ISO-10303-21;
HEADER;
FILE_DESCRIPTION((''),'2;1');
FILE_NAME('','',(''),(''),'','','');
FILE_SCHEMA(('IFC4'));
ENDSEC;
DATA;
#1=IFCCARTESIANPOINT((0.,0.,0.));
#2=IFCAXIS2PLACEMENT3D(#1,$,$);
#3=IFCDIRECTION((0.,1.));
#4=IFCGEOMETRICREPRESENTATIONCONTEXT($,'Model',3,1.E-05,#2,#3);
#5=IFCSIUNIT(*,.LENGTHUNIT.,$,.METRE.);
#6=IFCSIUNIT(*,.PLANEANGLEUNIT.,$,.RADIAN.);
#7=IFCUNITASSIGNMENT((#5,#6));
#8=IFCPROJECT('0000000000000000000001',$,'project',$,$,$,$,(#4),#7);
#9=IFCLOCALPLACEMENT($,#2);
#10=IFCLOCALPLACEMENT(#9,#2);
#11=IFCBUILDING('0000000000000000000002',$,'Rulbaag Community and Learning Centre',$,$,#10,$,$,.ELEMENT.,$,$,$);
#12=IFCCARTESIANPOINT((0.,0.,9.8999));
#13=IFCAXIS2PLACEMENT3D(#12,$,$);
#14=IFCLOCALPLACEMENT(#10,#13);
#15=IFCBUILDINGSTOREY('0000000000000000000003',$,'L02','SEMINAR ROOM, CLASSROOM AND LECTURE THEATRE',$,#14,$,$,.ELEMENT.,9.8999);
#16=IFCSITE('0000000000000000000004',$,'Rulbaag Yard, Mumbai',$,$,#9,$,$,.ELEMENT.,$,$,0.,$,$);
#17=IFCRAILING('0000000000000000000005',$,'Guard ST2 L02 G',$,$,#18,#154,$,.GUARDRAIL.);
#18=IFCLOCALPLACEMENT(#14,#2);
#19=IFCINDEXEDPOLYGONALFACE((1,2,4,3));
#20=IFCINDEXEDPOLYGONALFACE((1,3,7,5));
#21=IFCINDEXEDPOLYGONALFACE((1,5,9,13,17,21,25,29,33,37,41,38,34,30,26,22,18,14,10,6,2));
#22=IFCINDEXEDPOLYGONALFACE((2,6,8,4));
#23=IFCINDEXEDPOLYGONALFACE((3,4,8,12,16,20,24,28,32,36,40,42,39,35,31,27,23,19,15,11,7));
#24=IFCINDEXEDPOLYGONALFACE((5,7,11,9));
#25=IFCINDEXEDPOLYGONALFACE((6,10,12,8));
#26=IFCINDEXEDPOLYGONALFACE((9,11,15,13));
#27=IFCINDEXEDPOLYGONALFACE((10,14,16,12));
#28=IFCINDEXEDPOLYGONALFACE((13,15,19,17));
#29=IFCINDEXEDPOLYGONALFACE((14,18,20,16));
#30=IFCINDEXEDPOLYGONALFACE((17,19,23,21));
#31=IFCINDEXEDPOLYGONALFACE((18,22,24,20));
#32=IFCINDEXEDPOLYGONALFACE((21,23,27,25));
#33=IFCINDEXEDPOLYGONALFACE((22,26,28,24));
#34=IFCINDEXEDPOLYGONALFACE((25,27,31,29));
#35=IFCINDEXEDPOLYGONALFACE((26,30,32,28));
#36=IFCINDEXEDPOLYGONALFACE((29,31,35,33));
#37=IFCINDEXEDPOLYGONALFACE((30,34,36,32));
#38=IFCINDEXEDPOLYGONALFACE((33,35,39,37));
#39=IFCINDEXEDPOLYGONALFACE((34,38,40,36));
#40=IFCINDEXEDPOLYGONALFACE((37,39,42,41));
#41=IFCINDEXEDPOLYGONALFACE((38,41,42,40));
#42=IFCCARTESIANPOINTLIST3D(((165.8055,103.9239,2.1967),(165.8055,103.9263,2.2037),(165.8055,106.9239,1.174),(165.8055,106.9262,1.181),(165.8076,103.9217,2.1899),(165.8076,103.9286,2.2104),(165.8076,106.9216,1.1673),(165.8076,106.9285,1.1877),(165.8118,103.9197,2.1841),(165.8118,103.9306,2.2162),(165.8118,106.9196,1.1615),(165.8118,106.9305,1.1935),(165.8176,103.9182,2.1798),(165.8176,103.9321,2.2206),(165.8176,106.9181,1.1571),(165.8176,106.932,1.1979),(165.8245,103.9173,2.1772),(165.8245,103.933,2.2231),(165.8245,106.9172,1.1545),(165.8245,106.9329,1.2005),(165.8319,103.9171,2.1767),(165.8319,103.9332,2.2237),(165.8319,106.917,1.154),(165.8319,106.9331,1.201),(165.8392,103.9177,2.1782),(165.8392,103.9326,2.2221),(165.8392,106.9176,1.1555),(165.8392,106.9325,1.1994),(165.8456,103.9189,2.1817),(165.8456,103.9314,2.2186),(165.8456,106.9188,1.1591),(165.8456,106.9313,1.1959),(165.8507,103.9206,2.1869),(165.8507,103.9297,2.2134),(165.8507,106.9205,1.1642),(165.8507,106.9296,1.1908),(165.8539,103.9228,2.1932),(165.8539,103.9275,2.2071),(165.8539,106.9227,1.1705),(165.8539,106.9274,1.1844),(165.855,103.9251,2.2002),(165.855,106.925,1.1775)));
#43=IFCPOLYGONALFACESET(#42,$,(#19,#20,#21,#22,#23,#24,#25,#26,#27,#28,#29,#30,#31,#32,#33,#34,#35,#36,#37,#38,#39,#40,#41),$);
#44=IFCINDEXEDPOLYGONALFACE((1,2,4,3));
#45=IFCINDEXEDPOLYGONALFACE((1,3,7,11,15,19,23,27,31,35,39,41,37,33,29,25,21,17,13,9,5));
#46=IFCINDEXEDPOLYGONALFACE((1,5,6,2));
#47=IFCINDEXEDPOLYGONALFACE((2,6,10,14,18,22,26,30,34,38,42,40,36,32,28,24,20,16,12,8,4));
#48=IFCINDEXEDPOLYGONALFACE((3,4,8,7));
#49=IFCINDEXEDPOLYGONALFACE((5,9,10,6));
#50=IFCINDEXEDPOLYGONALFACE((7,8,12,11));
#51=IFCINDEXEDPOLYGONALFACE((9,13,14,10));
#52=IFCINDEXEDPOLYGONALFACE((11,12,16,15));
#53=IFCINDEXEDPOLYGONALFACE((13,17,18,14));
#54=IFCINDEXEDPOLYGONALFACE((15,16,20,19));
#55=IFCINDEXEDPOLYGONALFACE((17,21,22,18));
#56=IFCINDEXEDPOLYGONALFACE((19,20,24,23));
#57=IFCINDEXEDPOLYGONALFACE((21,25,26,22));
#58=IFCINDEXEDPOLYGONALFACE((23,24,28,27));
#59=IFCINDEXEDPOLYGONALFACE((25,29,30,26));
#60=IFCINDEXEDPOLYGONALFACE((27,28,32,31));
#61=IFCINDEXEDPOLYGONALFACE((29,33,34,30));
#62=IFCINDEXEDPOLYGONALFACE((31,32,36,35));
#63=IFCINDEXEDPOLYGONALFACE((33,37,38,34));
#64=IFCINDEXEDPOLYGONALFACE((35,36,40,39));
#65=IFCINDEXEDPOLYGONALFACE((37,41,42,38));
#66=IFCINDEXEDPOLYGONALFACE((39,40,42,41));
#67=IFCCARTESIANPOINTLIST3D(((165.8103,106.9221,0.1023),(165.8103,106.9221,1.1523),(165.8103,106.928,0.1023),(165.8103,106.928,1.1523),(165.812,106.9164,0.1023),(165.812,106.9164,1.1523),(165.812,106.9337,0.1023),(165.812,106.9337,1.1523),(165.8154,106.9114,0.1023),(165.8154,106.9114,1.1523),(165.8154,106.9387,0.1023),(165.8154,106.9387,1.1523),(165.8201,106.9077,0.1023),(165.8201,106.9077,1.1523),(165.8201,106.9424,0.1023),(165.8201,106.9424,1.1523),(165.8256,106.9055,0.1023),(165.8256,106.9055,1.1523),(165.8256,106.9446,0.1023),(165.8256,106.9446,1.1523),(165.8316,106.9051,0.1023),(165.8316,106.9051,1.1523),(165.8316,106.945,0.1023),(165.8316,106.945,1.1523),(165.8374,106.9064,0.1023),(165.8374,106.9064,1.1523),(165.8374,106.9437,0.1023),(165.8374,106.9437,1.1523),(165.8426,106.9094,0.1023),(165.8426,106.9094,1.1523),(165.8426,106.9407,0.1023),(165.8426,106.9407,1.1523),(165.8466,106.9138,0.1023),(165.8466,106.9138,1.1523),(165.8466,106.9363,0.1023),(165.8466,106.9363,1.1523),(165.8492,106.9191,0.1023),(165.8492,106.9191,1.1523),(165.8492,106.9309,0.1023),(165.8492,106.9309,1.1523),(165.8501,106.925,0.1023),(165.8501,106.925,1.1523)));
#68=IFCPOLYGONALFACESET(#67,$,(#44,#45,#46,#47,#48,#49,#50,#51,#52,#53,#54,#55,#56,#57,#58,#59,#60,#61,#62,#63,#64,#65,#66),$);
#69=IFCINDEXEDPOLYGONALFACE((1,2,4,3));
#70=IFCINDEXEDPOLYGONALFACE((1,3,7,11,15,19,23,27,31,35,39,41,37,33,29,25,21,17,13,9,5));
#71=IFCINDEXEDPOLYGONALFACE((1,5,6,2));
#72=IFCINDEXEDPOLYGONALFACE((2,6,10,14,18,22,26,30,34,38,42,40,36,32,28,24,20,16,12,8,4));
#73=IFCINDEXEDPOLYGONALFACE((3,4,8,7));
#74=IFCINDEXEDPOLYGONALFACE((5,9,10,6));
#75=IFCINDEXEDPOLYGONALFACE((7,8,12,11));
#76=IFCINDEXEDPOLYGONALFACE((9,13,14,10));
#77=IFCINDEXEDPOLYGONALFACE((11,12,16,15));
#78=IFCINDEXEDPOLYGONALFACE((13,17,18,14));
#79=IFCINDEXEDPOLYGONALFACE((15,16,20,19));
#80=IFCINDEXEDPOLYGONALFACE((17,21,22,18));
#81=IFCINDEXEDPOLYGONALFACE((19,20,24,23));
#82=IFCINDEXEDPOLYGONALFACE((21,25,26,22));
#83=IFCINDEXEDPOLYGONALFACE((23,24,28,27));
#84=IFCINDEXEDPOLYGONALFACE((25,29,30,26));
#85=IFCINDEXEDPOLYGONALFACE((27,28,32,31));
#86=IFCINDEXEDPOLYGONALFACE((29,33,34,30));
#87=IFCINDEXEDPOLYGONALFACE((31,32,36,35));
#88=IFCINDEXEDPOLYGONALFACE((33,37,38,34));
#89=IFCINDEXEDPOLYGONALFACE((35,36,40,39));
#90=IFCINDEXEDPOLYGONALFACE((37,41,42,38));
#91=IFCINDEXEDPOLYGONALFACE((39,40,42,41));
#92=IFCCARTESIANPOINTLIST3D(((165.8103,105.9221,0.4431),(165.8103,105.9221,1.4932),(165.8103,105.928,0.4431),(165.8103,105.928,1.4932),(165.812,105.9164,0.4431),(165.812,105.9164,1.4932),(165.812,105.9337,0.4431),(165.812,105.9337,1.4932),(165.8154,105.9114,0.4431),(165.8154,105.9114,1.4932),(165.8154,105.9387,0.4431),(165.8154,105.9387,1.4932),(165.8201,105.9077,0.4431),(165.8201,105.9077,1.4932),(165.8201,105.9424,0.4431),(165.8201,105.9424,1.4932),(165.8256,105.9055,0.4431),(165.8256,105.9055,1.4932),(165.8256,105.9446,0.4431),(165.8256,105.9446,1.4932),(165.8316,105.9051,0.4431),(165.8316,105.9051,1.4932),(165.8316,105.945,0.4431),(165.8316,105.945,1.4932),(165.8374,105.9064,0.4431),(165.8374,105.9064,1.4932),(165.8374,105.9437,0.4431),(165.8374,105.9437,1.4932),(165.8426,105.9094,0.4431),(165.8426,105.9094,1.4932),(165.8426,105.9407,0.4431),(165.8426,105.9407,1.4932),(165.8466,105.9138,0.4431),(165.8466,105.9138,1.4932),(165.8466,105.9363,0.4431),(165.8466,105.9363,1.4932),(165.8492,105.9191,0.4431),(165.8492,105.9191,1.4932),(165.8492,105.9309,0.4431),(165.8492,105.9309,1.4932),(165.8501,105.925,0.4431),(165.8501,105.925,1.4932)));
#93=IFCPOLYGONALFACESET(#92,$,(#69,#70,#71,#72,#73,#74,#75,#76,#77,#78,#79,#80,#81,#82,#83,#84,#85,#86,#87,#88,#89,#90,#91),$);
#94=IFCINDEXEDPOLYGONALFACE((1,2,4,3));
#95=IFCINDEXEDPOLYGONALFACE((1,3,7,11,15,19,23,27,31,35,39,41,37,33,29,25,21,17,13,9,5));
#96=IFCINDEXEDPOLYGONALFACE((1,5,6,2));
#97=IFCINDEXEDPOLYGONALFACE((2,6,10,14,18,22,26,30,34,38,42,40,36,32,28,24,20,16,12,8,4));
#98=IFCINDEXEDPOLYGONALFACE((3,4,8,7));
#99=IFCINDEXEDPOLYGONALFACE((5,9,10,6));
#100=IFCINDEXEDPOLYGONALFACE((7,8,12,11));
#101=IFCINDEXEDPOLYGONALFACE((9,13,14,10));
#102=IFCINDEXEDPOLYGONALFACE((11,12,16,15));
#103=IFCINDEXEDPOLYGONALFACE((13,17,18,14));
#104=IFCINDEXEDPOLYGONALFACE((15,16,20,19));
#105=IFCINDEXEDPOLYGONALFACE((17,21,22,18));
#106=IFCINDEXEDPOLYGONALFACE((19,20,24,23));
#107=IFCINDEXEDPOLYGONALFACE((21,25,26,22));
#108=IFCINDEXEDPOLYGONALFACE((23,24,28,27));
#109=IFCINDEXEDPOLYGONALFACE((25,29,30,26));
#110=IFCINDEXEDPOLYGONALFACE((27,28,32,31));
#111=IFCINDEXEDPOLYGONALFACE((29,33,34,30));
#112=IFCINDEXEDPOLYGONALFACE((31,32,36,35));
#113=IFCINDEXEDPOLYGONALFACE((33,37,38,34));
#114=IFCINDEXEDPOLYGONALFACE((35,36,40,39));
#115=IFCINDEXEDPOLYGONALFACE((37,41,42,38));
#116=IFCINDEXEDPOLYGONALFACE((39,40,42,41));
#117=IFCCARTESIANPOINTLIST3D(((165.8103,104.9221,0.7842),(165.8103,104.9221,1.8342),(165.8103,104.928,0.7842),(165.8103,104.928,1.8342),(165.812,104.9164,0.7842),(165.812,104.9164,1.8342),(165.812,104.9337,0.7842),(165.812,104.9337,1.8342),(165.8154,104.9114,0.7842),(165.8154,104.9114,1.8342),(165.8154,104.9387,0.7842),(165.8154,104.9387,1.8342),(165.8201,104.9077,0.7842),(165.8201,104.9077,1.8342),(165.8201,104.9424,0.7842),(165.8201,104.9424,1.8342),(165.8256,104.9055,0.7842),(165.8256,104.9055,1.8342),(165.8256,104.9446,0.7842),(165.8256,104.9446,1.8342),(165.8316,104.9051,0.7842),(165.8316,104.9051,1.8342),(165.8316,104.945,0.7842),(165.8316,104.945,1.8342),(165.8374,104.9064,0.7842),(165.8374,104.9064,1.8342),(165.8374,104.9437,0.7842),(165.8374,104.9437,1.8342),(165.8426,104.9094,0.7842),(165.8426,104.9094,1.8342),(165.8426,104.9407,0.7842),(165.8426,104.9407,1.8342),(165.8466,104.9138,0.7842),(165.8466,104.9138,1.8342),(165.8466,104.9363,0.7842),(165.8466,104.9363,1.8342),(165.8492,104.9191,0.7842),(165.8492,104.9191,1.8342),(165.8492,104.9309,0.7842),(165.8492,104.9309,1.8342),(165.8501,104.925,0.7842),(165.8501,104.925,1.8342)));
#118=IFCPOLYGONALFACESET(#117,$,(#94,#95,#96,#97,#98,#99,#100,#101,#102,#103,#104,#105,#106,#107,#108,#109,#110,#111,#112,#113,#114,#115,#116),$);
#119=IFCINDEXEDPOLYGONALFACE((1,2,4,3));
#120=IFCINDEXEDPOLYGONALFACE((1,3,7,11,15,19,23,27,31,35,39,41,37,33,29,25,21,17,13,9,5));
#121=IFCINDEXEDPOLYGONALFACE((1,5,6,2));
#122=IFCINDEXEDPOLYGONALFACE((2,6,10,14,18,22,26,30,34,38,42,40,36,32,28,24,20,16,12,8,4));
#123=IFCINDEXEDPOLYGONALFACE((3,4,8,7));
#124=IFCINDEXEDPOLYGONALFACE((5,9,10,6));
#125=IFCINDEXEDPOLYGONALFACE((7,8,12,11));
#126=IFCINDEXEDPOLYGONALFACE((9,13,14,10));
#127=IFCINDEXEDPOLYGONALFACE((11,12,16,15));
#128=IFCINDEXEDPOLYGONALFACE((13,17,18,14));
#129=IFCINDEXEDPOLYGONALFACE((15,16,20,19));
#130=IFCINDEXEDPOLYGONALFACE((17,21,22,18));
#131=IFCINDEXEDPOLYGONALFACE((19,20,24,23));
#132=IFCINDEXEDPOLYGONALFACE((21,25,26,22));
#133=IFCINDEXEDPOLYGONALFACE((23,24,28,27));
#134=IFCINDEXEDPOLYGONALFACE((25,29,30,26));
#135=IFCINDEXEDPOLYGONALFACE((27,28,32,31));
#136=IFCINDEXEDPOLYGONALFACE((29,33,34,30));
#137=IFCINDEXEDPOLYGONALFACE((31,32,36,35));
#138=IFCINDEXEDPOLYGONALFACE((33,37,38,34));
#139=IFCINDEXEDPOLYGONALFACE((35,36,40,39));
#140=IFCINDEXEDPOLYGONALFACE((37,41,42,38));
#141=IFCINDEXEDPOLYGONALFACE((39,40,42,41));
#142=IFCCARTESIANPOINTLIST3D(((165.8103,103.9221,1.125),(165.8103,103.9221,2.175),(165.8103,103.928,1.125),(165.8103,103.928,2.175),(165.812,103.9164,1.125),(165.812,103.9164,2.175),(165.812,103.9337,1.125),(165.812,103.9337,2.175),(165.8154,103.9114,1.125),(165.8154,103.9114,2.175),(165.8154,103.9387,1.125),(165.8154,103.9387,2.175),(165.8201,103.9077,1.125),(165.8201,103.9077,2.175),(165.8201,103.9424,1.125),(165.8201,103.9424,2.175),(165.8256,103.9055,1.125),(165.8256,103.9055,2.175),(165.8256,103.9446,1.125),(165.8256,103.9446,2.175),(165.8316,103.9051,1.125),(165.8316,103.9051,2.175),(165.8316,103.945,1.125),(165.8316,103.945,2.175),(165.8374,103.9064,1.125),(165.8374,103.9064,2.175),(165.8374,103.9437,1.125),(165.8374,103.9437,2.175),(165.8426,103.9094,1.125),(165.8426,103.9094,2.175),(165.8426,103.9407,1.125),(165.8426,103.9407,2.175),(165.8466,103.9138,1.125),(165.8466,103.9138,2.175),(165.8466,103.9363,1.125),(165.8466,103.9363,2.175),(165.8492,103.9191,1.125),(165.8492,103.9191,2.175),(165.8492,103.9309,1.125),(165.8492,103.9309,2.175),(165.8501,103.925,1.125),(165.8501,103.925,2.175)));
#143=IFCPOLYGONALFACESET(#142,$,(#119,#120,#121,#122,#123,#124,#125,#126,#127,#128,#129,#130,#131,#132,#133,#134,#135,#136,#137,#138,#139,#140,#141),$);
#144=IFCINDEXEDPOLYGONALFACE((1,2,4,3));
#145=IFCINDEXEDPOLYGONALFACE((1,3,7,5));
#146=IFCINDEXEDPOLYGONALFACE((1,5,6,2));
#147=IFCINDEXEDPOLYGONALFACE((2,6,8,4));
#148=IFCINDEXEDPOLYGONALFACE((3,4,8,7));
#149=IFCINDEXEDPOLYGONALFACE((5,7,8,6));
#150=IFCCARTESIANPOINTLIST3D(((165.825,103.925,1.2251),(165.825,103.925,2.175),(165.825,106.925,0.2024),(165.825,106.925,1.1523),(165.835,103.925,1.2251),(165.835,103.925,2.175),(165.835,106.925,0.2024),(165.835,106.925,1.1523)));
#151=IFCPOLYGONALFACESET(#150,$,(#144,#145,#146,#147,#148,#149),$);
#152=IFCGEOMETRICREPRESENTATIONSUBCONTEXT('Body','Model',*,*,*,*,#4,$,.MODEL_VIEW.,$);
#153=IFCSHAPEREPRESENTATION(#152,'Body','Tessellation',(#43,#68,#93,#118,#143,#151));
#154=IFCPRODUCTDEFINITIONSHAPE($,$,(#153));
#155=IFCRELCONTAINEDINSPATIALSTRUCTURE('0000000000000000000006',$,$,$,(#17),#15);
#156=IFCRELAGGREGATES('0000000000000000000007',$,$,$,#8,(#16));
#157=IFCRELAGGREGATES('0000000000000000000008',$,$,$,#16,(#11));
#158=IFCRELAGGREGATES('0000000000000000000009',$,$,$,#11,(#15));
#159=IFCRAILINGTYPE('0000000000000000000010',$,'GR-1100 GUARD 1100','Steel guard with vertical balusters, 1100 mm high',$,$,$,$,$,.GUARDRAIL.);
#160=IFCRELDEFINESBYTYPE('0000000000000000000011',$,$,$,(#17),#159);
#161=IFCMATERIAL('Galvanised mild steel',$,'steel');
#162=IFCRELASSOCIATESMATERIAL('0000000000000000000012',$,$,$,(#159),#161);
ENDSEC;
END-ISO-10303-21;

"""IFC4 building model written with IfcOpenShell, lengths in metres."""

from ifc_helpers import new_model, si_unit, direction, frame, origin, origin_2d, place, context, subcontext, project, spatial, polyline, circle, outline, extrude, material, type_object, element, save


model = new_model("IFC4")

# Units and contexts
model_context = context("Model", 3, precision=1e-05, world=origin(), true_north=direction((0.0, 1.0)))
body_context = subcontext(model_context, "Body", "Model", "MODEL_VIEW")
ifc_project = project(units=[si_unit("LENGTHUNIT", "METRE"), si_unit("PLANEANGLEUNIT", "RADIAN")], contexts=[model_context])

# Site, building, storey
site_placement = place(None, origin())
site = spatial("IfcSite", under=ifc_project, at=site_placement, Name="Rulbaag Yard, Mumbai", CompositionType="ELEMENT", RefElevation=0.0)
building_placement = place(site_placement, origin())
building = spatial("IfcBuilding", under=site, at=building_placement, Name="Rulbaag Community and Learning Centre", CompositionType="ELEMENT")
storey_placement = place(building_placement, frame((0.0, 0.0, 9.8999)))
storey = spatial("IfcBuildingStorey", under=building, at=storey_placement, Name="L02", Description="SEMINAR ROOM, CLASSROOM AND LECTURE THEATRE", CompositionType="ELEMENT", Elevation=9.8999)

# Railing
ifc_material_1 = material(Name="Galvanised mild steel", Category="steel")
railing_type_1 = type_object("IfcRailingType", Name="GR-1100 GUARD 1100", Description="Steel guard with vertical balusters, 1100 mm high", PredefinedType="GUARDRAIL", material=ifc_material_1)
railing_1_placement = place(storey_placement, frame((165.8301, 106.925, 0.1023)))
element("IfcRailing", 1, at=railing_1_placement, inside=storey, type_object=railing_type_1, Name="Guard ST2 L02 G", PredefinedType="GUARDRAIL", context=body_context, shape_type="SweptSolid", body=[
    extrude(circle(Radius=0.0249, at=origin_2d()), frame((0.0, 0.0, 1.0752), z_axis=(0.0, -0.946512, 0.322668), x_axis=(1.0, 0.0, 0.0)), (0.0, 0.0, 1.0), 3.1694),
    extrude(circle(Radius=0.02, at=origin_2d()), origin(), (0.0, 0.0, 1.0), 1.05),
    extrude(circle(Radius=0.02, at=origin_2d()), frame((0.0, -1.0, 0.3408)), (0.0, 0.0, 1.0), 1.05),
    extrude(circle(Radius=0.02, at=origin_2d()), frame((0.0, -2.0, 0.6819)), (0.0, 0.0, 1.0), 1.05),
    extrude(circle(Radius=0.02, at=origin_2d()), frame((0.0, -3.0, 1.0227)), (0.0, 0.0, 1.0), 1.05),
    extrude(outline(polyline([(0.0, 0.0), (3.0, 1.0227), (3.0, 1.9727), (0.0, 0.95), (0.0, 0.0)])), frame((0.0049, 0.0, 0.1001), z_axis=(-1.0, 0.0, 0.0), x_axis=(0.0, -1.0, 0.0)), (0.0, 0.0, 1.0), 0.01),
])

save(model, "model.ifc")
